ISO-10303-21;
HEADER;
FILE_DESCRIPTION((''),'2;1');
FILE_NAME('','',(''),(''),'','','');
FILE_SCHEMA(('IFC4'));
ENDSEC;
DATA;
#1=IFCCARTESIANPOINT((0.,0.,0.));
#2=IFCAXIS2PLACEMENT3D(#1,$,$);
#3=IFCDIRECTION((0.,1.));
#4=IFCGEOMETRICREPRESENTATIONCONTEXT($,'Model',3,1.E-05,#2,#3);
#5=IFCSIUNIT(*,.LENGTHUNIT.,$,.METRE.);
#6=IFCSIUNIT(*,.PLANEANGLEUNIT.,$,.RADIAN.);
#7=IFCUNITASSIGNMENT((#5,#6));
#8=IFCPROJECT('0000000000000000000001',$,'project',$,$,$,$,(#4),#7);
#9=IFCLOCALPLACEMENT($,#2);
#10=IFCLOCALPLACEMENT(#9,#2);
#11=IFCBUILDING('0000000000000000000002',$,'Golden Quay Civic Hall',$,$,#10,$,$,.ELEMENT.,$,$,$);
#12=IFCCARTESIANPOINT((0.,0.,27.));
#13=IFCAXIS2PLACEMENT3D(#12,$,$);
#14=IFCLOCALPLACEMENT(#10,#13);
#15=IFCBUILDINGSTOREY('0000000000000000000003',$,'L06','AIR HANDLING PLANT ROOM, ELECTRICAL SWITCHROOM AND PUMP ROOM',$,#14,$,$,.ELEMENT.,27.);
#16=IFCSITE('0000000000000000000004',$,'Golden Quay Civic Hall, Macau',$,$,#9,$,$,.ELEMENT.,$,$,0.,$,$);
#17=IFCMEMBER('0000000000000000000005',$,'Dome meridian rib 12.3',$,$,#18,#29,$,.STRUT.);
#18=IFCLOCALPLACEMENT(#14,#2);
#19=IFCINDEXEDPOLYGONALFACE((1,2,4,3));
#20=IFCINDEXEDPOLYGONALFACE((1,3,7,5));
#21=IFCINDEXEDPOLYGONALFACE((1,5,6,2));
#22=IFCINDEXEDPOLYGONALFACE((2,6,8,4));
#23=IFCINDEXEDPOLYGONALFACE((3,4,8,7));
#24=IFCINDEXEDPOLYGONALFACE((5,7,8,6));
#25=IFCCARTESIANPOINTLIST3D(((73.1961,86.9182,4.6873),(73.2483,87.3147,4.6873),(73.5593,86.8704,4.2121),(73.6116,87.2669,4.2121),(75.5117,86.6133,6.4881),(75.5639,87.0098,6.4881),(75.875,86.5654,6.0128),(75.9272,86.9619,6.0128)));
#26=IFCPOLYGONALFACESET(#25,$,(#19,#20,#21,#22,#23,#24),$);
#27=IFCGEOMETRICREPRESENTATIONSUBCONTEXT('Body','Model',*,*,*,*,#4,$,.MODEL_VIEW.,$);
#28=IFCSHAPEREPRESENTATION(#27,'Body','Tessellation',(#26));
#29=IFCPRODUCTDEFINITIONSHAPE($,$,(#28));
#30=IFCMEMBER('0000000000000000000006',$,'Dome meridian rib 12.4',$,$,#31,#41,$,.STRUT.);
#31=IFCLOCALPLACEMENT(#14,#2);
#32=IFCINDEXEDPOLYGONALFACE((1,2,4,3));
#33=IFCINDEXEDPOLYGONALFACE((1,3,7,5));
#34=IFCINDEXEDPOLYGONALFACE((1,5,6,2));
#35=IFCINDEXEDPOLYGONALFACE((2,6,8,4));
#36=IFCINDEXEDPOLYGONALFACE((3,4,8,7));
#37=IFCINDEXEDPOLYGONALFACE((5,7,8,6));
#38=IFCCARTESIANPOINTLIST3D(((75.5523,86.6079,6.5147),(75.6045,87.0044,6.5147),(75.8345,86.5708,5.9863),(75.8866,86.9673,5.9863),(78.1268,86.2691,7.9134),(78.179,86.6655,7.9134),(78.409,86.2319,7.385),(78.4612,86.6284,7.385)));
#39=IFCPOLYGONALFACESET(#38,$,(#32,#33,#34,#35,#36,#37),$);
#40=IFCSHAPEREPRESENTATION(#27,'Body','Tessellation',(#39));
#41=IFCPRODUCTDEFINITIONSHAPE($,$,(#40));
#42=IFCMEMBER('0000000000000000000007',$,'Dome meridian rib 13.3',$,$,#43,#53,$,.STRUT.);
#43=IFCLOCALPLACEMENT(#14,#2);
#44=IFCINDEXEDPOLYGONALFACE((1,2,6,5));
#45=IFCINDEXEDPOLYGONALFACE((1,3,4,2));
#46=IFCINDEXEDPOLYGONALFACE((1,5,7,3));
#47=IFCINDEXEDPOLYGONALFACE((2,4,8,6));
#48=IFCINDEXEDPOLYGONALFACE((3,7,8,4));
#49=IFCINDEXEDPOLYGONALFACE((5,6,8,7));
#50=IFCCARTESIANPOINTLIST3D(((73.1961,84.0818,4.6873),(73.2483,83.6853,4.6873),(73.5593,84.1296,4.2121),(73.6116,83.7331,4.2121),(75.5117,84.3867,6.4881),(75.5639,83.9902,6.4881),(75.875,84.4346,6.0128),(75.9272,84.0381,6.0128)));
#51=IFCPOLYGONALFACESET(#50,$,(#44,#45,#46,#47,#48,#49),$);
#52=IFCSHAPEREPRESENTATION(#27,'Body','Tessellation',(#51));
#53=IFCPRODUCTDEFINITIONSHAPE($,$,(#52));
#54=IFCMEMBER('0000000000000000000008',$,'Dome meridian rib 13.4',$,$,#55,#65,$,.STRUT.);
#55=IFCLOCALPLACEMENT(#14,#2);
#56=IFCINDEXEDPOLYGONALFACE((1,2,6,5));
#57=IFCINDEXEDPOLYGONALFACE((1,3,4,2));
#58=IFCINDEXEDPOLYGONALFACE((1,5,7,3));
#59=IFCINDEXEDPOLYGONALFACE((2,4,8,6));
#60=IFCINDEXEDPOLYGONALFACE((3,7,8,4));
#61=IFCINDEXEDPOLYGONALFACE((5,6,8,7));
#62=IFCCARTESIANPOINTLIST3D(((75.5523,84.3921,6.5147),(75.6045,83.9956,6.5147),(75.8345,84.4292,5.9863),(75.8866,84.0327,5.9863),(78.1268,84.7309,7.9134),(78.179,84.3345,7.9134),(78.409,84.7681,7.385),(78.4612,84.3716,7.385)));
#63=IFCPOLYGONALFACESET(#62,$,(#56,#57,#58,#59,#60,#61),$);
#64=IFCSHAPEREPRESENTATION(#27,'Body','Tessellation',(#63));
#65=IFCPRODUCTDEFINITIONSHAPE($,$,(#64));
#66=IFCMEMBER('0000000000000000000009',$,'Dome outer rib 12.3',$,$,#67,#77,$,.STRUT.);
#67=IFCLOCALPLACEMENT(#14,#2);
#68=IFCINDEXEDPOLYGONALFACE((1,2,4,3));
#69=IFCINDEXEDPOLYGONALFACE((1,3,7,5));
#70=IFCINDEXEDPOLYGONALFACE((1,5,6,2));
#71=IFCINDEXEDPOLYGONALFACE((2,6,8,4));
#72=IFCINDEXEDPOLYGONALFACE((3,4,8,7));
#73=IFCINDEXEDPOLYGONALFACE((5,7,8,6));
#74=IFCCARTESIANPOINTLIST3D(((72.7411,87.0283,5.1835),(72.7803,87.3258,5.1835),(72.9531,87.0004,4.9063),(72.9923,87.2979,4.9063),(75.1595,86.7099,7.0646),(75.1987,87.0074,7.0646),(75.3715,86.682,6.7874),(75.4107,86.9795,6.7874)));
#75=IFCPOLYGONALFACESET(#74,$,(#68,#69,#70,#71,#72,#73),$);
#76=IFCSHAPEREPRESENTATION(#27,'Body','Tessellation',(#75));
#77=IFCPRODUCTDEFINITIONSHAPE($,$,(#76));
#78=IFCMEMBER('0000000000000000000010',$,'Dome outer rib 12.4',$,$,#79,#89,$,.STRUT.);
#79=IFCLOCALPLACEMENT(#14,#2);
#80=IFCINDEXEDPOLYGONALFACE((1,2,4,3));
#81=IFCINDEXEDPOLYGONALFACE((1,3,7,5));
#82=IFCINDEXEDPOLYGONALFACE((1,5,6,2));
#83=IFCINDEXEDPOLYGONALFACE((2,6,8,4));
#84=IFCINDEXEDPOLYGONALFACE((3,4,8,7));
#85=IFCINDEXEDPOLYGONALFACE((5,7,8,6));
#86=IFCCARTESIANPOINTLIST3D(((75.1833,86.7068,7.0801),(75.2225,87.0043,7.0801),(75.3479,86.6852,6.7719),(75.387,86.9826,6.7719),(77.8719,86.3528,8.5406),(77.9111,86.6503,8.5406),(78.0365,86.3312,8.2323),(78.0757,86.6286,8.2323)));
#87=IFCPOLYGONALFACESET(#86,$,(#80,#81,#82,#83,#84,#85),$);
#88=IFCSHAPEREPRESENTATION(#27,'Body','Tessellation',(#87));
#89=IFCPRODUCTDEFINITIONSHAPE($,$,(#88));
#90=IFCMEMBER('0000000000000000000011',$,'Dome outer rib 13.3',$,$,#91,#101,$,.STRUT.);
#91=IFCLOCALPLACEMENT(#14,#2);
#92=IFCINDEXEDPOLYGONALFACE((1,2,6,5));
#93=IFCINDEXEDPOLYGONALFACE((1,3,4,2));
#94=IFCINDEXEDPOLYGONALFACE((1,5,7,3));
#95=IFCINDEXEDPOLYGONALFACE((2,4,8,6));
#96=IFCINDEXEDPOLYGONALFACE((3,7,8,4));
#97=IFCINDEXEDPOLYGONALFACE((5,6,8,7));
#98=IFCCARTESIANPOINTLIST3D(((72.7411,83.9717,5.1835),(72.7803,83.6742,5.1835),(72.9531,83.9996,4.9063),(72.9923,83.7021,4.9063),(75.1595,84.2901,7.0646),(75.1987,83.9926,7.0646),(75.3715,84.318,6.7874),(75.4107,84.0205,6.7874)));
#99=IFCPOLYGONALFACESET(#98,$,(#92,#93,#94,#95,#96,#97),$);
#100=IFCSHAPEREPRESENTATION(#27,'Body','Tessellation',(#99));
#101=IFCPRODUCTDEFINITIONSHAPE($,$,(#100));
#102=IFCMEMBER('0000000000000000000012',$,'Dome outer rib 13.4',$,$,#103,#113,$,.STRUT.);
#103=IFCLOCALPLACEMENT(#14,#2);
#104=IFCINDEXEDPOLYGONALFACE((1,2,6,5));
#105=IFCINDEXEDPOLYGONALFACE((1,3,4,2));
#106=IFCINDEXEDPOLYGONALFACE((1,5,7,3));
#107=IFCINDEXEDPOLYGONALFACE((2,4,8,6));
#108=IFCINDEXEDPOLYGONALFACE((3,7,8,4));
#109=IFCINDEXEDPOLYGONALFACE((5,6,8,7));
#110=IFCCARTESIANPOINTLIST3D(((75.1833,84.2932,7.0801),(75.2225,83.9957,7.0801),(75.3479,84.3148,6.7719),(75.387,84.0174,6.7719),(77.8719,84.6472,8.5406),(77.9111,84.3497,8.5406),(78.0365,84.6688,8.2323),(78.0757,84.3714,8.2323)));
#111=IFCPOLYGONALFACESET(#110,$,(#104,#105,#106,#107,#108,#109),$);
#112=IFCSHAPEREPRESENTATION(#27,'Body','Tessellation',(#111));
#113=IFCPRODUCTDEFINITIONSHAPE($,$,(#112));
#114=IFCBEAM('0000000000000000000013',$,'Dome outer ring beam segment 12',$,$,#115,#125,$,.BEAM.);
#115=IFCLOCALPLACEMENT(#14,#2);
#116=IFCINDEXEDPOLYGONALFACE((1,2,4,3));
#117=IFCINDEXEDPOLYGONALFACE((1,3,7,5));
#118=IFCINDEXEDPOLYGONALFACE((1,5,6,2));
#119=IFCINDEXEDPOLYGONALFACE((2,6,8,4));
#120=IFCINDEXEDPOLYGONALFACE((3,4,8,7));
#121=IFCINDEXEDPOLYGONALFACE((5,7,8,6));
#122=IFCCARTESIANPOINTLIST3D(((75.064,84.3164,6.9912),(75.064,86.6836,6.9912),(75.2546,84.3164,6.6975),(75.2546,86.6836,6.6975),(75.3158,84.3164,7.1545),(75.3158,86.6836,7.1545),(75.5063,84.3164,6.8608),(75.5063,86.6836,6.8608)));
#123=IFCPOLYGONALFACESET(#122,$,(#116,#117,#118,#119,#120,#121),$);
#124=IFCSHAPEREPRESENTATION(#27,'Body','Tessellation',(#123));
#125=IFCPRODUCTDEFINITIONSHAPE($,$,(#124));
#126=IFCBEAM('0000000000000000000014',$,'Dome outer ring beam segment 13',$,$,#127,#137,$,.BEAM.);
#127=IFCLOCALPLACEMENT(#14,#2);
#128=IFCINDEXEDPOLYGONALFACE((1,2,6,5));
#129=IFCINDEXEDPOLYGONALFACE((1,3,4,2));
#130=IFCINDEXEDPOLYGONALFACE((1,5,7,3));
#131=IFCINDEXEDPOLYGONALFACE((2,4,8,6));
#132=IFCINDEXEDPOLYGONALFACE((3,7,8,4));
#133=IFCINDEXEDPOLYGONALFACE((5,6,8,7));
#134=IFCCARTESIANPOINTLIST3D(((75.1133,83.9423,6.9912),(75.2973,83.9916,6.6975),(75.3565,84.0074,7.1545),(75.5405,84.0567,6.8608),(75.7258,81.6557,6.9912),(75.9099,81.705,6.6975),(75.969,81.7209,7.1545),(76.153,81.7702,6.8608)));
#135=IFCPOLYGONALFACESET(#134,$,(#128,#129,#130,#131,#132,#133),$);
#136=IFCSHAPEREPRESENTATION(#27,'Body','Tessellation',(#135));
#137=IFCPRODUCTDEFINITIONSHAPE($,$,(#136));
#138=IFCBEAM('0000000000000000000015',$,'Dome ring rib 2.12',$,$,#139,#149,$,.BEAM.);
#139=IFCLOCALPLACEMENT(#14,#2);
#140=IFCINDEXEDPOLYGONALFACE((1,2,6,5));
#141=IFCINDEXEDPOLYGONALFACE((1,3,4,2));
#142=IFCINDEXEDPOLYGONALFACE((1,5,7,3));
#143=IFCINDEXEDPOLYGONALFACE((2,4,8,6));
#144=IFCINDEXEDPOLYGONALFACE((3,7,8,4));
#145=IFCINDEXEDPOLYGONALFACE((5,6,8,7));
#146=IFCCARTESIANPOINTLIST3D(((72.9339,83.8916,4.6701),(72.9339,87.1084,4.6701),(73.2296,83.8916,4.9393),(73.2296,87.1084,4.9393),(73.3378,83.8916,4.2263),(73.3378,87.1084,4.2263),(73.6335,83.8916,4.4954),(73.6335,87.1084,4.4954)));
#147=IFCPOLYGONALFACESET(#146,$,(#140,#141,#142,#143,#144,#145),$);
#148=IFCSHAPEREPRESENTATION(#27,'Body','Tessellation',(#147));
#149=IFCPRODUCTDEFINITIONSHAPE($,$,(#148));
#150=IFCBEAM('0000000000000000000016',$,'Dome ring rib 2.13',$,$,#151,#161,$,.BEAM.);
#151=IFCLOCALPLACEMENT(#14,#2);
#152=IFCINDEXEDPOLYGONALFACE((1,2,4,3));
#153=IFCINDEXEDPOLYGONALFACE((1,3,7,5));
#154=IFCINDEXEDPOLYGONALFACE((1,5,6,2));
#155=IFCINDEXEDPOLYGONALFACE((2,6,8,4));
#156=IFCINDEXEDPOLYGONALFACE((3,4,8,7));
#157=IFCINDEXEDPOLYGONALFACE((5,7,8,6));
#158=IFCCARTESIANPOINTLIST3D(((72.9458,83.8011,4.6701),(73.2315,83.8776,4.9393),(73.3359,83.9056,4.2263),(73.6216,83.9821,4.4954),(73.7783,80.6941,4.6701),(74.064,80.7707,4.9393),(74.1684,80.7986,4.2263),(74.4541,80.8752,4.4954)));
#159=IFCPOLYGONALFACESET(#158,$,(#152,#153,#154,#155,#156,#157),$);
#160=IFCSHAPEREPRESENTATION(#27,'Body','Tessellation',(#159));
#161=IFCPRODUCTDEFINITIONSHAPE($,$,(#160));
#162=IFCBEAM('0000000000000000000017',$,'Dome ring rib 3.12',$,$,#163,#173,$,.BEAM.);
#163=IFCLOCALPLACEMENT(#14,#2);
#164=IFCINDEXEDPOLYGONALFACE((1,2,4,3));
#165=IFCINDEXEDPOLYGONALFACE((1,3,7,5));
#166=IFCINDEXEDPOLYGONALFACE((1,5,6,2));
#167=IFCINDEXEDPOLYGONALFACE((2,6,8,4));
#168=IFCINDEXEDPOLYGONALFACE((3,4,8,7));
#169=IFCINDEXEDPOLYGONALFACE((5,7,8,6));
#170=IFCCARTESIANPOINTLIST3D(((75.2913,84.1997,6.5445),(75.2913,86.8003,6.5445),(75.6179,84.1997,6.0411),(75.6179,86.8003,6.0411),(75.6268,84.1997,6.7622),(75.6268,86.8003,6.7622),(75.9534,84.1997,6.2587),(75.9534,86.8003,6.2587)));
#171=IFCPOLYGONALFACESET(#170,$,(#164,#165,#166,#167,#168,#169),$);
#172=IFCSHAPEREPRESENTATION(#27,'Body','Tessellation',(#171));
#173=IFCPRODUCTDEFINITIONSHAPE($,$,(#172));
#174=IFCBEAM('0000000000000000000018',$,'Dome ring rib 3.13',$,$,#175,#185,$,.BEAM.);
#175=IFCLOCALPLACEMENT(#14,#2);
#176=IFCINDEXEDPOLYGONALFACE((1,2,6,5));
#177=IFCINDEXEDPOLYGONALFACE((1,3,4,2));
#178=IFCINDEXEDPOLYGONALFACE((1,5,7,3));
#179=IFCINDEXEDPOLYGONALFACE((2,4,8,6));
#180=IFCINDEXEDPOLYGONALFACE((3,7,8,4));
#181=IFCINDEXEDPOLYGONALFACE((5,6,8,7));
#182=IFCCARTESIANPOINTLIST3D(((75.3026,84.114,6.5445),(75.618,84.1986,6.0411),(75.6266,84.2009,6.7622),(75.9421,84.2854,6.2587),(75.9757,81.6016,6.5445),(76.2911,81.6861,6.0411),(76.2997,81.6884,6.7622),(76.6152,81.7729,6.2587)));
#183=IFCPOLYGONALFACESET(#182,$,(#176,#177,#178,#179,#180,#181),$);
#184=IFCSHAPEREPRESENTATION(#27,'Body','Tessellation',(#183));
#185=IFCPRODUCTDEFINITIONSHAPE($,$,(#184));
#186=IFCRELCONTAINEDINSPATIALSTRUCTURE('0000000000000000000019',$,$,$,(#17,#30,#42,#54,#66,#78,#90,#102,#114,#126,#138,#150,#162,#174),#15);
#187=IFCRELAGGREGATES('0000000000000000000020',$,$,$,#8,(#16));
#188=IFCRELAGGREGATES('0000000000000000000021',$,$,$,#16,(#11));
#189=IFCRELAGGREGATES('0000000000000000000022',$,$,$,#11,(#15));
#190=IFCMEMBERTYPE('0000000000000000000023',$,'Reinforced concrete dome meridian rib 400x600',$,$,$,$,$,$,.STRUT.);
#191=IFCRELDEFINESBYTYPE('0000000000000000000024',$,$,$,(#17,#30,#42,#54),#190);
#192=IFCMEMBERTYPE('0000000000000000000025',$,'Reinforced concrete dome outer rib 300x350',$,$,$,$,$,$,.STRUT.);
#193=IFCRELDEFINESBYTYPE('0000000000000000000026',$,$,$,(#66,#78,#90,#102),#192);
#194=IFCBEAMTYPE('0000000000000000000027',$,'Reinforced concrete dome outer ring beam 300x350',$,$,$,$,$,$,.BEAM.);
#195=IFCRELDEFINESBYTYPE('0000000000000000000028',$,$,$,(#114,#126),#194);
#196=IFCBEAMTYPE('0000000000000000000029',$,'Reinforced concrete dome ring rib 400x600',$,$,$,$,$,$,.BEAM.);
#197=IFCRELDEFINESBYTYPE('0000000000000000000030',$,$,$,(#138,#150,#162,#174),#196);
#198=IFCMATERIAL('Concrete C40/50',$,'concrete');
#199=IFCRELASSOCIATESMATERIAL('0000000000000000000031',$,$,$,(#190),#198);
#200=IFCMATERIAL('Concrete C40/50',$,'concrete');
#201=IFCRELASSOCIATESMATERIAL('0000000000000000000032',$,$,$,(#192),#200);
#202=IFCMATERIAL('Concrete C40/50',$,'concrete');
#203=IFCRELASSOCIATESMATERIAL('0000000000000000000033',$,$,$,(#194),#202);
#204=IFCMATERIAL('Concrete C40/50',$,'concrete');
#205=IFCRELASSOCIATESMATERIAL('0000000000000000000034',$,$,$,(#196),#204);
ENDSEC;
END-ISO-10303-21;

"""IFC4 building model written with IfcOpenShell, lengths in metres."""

from ifc_helpers import new_model, si_unit, direction, frame, origin, origin_2d, place, context, subcontext, project, spatial, rectangle, extrude, material, material_profile, profile_set, type_object, element, save


model = new_model("IFC4")

# Units and contexts
model_context = context("Model", 3, precision=1e-05, world=origin(), true_north=direction((0.0, 1.0)))
body_context = subcontext(model_context, "Body", "Model", "MODEL_VIEW")
ifc_project = project(units=[si_unit("LENGTHUNIT", "METRE"), si_unit("PLANEANGLEUNIT", "RADIAN")], contexts=[model_context])

# Site, building, storey
site_placement = place(None, origin())
site = spatial("IfcSite", under=ifc_project, at=site_placement, Name="Golden Quay Civic Hall, Macau", CompositionType="ELEMENT", RefElevation=0.0)
building_placement = place(site_placement, origin())
building = spatial("IfcBuilding", under=site, at=building_placement, Name="Golden Quay Civic Hall", CompositionType="ELEMENT")
storey_placement = place(building_placement, frame((0.0, 0.0, 27.0)))
storey = spatial("IfcBuildingStorey", under=building, at=storey_placement, Name="L06", Description="AIR HANDLING PLANT ROOM, ELECTRICAL SWITCHROOM AND PUMP ROOM", CompositionType="ELEMENT", Elevation=27.0)

# Members
ifc_material_1 = material(Name="Concrete C40/50", Category="concrete")
ifc_material_profile_1 = material_profile(ifc_material_1, rectangle(XDim=0.3999, YDim=0.6001, at=origin_2d()), Name="RC 400x600")
ifc_profile_set_1 = profile_set([ifc_material_profile_1], Name="Concrete C40/50")
member_type_1 = type_object("IfcMemberType", Name="Reinforced concrete dome meridian rib 400x600", PredefinedType="STRUT", material=ifc_profile_set_1)
member_1_placement = place(storey_placement, frame((73.4038, 87.0925, 4.4497), z_axis=(0.785171, -0.103393, 0.610587), x_axis=(0.130555, 0.991441, 0.0)))
element("IfcMember", 1, at=member_1_placement, inside=storey, type_object=member_type_1, Name="Dome meridian rib 12.3", PredefinedType="STRUT", context=body_context, shape_type="SweptSolid", body=[
    extrude(rectangle(XDim=0.3999, YDim=0.6001, at=origin_2d()), origin(), (0.0, 0.0, 1.0), 2.9492),
])
member_2_placement = place(storey_placement, frame((75.7195, 86.7876, 6.2505), z_axis=(0.872875, -0.114893, 0.474225), x_axis=(0.130501, 0.991448, 0.0)))
element("IfcMember", 2, at=member_2_placement, inside=storey, type_object=member_type_1, Name="Dome meridian rib 12.4", PredefinedType="STRUT", context=body_context, shape_type="SweptSolid", body=[
    extrude(rectangle(XDim=0.3999, YDim=0.6001, at=origin_2d()), origin(), (0.0, 0.0, 1.0), 2.9495),
])
member_3_placement = place(storey_placement, frame((73.4038, 83.9075, 4.4497), z_axis=(0.785171, 0.103393, 0.610587), x_axis=(-0.130555, 0.991441, 0.0)))
element("IfcMember", 3, at=member_3_placement, inside=storey, type_object=member_type_1, Name="Dome meridian rib 13.3", PredefinedType="STRUT", context=body_context, shape_type="SweptSolid", body=[
    extrude(rectangle(XDim=0.3999, YDim=0.6001, at=origin_2d()), origin(), (0.0, 0.0, 1.0), 2.9492),
])
member_4_placement = place(storey_placement, frame((75.7195, 84.2124, 6.2505), z_axis=(0.872875, 0.114893, 0.474225), x_axis=(-0.130501, 0.991448, 0.0)))
element("IfcMember", 4, at=member_4_placement, inside=storey, type_object=member_type_1, Name="Dome meridian rib 13.4", PredefinedType="STRUT", context=body_context, shape_type="SweptSolid", body=[
    extrude(rectangle(XDim=0.3999, YDim=0.6001, at=origin_2d()), origin(), (0.0, 0.0, 1.0), 2.9495),
])
ifc_material_2 = material(Name="Concrete C40/50", Category="concrete")
ifc_material_profile_2 = material_profile(ifc_material_2, rectangle(XDim=0.3, YDim=0.3501, at=origin_2d()), Name="RC 300x350")
ifc_profile_set_2 = profile_set([ifc_material_profile_2], Name="Concrete C40/50")
member_type_2 = type_object("IfcMemberType", Name="Reinforced concrete dome outer rib 300x350", PredefinedType="STRUT", material=ifc_profile_set_2)
member_5_placement = place(storey_placement, frame((72.8667, 87.1631, 5.0449), z_axis=(0.785112, -0.10335, 0.610669), x_axis=(0.130511, 0.991447, 0.0)))
element("IfcMember", 5, at=member_5_placement, inside=storey, type_object=member_type_2, Name="Dome outer rib 12.3", PredefinedType="STRUT", context=body_context, shape_type="SweptSolid", body=[
    extrude(rectangle(XDim=0.3, YDim=0.3501, at=origin_2d()), origin(), (0.0, 0.0, 1.0), 3.0803),
])
member_6_placement = place(storey_placement, frame((75.2852, 86.8447, 6.926), z_axis=(0.872913, -0.11493, 0.474146), x_axis=(0.130536, 0.991444, 0.0)))
element("IfcMember", 6, at=member_6_placement, inside=storey, type_object=member_type_2, Name="Dome outer rib 12.4", PredefinedType="STRUT", context=body_context, shape_type="SweptSolid", body=[
    extrude(rectangle(XDim=0.3, YDim=0.3501, at=origin_2d()), origin(), (0.0, 0.0, 1.0), 3.0801),
])
member_7_placement = place(storey_placement, frame((72.8667, 83.8369, 5.0449), z_axis=(0.785112, 0.10335, 0.610669), x_axis=(-0.130511, 0.991447, 0.0)))
element("IfcMember", 7, at=member_7_placement, inside=storey, type_object=member_type_2, Name="Dome outer rib 13.3", PredefinedType="STRUT", context=body_context, shape_type="SweptSolid", body=[
    extrude(rectangle(XDim=0.3, YDim=0.3501, at=origin_2d()), origin(), (0.0, 0.0, 1.0), 3.0803),
])
member_8_placement = place(storey_placement, frame((75.2852, 84.1553, 6.926), z_axis=(0.872913, 0.11493, 0.474146), x_axis=(-0.130536, 0.991444, 0.0)))
element("IfcMember", 8, at=member_8_placement, inside=storey, type_object=member_type_2, Name="Dome outer rib 13.4", PredefinedType="STRUT", context=body_context, shape_type="SweptSolid", body=[
    extrude(rectangle(XDim=0.3, YDim=0.3501, at=origin_2d()), origin(), (0.0, 0.0, 1.0), 3.0801),
])

# Beams
ifc_material_3 = material(Name="Concrete C40/50", Category="concrete")
ifc_material_profile_3 = material_profile(ifc_material_3, rectangle(XDim=0.3, YDim=0.3501, at=origin_2d()), Name="RC 300x350")
ifc_profile_set_3 = profile_set([ifc_material_profile_3], Name="Concrete C40/50")
beam_type_1 = type_object("IfcBeamType", Name="Reinforced concrete dome outer ring beam 300x350", PredefinedType="BEAM", material=ifc_profile_set_3)
for number, where, z_axis, x_axis, name in (
    (9, (75.2852, 86.6836, 6.926), (0.0, -1.0, 0.0), (0.83895, 0.0, 0.544209), "Dome outer ring beam segment 12"),
    (10, (75.3269, 83.9995, 6.926), (0.25876, -0.965942, 0.0), (0.810377, 0.217087, 0.544209), "Dome outer ring beam segment 13"),
):
    element("IfcBeam", number, at=place(storey_placement, frame(where, z_axis=z_axis, x_axis=x_axis)), inside=storey, type_object=beam_type_1, Name=name, PredefinedType="BEAM", context=body_context, shape_type="SweptSolid", body=[
        extrude(rectangle(XDim=0.3, YDim=0.3501, at=origin_2d()), origin(), (0.0, 0.0, 1.0), 2.3672),
    ])
ifc_material_4 = material(Name="Concrete C40/50", Category="concrete")
ifc_material_profile_4 = material_profile(ifc_material_4, rectangle(XDim=0.3999, YDim=0.6001, at=origin_2d()), Name="RC 400x600")
ifc_profile_set_4 = profile_set([ifc_material_profile_4], Name="Concrete C40/50")
beam_type_2 = type_object("IfcBeamType", Name="Reinforced concrete dome ring rib 400x600", PredefinedType="BEAM", material=ifc_profile_set_4)
beam_1_placement = place(storey_placement, frame((73.2837, 87.1084, 4.5828), z_axis=(0.0, -1.0, 0.0), x_axis=(0.739595, 0.0, 0.673053)))
element("IfcBeam", 11, at=beam_1_placement, inside=storey, type_object=beam_type_2, Name="Dome ring rib 2.12", PredefinedType="BEAM", context=body_context, shape_type="SweptSolid", body=[
    extrude(rectangle(XDim=0.3999, YDim=0.6001, at=origin_2d()), origin(), (0.0, 0.0, 1.0), 3.2168),
])
beam_2_placement = place(storey_placement, frame((73.2837, 83.8916, 4.5828), z_axis=(0.258825, -0.965924, 0.0), x_axis=(0.714393, 0.191425, 0.673053)))
element("IfcBeam", 12, at=beam_2_placement, inside=storey, type_object=beam_type_2, Name="Dome ring rib 2.13", PredefinedType="BEAM", context=body_context, shape_type="SweptSolid", body=[
    extrude(rectangle(XDim=0.3999, YDim=0.6001, at=origin_2d()), origin(), (0.0, 0.0, 1.0), 3.2166),
])
beam_3_placement = place(storey_placement, frame((75.6223, 86.8003, 6.4016), z_axis=(0.0, -1.0, 0.0), x_axis=(0.83895, 0.0, 0.544209)))
element("IfcBeam", 13, at=beam_3_placement, inside=storey, type_object=beam_type_2, Name="Dome ring rib 3.12", PredefinedType="BEAM", context=body_context, shape_type="SweptSolid", body=[
    extrude(rectangle(XDim=0.3999, YDim=0.6001, at=origin_2d()), origin(), (0.0, 0.0, 1.0), 2.6006),
])
beam_4_placement = place(storey_placement, frame((75.6223, 84.1997, 6.4016), z_axis=(0.258778, -0.965937, 0.0), x_axis=(0.810373, 0.217102, 0.544209)))
element("IfcBeam", 14, at=beam_4_placement, inside=storey, type_object=beam_type_2, Name="Dome ring rib 3.13", PredefinedType="BEAM", context=body_context, shape_type="SweptSolid", body=[
    extrude(rectangle(XDim=0.3999, YDim=0.6001, at=origin_2d()), origin(), (0.0, 0.0, 1.0), 2.6011),
])

save(model, "model.ifc")
